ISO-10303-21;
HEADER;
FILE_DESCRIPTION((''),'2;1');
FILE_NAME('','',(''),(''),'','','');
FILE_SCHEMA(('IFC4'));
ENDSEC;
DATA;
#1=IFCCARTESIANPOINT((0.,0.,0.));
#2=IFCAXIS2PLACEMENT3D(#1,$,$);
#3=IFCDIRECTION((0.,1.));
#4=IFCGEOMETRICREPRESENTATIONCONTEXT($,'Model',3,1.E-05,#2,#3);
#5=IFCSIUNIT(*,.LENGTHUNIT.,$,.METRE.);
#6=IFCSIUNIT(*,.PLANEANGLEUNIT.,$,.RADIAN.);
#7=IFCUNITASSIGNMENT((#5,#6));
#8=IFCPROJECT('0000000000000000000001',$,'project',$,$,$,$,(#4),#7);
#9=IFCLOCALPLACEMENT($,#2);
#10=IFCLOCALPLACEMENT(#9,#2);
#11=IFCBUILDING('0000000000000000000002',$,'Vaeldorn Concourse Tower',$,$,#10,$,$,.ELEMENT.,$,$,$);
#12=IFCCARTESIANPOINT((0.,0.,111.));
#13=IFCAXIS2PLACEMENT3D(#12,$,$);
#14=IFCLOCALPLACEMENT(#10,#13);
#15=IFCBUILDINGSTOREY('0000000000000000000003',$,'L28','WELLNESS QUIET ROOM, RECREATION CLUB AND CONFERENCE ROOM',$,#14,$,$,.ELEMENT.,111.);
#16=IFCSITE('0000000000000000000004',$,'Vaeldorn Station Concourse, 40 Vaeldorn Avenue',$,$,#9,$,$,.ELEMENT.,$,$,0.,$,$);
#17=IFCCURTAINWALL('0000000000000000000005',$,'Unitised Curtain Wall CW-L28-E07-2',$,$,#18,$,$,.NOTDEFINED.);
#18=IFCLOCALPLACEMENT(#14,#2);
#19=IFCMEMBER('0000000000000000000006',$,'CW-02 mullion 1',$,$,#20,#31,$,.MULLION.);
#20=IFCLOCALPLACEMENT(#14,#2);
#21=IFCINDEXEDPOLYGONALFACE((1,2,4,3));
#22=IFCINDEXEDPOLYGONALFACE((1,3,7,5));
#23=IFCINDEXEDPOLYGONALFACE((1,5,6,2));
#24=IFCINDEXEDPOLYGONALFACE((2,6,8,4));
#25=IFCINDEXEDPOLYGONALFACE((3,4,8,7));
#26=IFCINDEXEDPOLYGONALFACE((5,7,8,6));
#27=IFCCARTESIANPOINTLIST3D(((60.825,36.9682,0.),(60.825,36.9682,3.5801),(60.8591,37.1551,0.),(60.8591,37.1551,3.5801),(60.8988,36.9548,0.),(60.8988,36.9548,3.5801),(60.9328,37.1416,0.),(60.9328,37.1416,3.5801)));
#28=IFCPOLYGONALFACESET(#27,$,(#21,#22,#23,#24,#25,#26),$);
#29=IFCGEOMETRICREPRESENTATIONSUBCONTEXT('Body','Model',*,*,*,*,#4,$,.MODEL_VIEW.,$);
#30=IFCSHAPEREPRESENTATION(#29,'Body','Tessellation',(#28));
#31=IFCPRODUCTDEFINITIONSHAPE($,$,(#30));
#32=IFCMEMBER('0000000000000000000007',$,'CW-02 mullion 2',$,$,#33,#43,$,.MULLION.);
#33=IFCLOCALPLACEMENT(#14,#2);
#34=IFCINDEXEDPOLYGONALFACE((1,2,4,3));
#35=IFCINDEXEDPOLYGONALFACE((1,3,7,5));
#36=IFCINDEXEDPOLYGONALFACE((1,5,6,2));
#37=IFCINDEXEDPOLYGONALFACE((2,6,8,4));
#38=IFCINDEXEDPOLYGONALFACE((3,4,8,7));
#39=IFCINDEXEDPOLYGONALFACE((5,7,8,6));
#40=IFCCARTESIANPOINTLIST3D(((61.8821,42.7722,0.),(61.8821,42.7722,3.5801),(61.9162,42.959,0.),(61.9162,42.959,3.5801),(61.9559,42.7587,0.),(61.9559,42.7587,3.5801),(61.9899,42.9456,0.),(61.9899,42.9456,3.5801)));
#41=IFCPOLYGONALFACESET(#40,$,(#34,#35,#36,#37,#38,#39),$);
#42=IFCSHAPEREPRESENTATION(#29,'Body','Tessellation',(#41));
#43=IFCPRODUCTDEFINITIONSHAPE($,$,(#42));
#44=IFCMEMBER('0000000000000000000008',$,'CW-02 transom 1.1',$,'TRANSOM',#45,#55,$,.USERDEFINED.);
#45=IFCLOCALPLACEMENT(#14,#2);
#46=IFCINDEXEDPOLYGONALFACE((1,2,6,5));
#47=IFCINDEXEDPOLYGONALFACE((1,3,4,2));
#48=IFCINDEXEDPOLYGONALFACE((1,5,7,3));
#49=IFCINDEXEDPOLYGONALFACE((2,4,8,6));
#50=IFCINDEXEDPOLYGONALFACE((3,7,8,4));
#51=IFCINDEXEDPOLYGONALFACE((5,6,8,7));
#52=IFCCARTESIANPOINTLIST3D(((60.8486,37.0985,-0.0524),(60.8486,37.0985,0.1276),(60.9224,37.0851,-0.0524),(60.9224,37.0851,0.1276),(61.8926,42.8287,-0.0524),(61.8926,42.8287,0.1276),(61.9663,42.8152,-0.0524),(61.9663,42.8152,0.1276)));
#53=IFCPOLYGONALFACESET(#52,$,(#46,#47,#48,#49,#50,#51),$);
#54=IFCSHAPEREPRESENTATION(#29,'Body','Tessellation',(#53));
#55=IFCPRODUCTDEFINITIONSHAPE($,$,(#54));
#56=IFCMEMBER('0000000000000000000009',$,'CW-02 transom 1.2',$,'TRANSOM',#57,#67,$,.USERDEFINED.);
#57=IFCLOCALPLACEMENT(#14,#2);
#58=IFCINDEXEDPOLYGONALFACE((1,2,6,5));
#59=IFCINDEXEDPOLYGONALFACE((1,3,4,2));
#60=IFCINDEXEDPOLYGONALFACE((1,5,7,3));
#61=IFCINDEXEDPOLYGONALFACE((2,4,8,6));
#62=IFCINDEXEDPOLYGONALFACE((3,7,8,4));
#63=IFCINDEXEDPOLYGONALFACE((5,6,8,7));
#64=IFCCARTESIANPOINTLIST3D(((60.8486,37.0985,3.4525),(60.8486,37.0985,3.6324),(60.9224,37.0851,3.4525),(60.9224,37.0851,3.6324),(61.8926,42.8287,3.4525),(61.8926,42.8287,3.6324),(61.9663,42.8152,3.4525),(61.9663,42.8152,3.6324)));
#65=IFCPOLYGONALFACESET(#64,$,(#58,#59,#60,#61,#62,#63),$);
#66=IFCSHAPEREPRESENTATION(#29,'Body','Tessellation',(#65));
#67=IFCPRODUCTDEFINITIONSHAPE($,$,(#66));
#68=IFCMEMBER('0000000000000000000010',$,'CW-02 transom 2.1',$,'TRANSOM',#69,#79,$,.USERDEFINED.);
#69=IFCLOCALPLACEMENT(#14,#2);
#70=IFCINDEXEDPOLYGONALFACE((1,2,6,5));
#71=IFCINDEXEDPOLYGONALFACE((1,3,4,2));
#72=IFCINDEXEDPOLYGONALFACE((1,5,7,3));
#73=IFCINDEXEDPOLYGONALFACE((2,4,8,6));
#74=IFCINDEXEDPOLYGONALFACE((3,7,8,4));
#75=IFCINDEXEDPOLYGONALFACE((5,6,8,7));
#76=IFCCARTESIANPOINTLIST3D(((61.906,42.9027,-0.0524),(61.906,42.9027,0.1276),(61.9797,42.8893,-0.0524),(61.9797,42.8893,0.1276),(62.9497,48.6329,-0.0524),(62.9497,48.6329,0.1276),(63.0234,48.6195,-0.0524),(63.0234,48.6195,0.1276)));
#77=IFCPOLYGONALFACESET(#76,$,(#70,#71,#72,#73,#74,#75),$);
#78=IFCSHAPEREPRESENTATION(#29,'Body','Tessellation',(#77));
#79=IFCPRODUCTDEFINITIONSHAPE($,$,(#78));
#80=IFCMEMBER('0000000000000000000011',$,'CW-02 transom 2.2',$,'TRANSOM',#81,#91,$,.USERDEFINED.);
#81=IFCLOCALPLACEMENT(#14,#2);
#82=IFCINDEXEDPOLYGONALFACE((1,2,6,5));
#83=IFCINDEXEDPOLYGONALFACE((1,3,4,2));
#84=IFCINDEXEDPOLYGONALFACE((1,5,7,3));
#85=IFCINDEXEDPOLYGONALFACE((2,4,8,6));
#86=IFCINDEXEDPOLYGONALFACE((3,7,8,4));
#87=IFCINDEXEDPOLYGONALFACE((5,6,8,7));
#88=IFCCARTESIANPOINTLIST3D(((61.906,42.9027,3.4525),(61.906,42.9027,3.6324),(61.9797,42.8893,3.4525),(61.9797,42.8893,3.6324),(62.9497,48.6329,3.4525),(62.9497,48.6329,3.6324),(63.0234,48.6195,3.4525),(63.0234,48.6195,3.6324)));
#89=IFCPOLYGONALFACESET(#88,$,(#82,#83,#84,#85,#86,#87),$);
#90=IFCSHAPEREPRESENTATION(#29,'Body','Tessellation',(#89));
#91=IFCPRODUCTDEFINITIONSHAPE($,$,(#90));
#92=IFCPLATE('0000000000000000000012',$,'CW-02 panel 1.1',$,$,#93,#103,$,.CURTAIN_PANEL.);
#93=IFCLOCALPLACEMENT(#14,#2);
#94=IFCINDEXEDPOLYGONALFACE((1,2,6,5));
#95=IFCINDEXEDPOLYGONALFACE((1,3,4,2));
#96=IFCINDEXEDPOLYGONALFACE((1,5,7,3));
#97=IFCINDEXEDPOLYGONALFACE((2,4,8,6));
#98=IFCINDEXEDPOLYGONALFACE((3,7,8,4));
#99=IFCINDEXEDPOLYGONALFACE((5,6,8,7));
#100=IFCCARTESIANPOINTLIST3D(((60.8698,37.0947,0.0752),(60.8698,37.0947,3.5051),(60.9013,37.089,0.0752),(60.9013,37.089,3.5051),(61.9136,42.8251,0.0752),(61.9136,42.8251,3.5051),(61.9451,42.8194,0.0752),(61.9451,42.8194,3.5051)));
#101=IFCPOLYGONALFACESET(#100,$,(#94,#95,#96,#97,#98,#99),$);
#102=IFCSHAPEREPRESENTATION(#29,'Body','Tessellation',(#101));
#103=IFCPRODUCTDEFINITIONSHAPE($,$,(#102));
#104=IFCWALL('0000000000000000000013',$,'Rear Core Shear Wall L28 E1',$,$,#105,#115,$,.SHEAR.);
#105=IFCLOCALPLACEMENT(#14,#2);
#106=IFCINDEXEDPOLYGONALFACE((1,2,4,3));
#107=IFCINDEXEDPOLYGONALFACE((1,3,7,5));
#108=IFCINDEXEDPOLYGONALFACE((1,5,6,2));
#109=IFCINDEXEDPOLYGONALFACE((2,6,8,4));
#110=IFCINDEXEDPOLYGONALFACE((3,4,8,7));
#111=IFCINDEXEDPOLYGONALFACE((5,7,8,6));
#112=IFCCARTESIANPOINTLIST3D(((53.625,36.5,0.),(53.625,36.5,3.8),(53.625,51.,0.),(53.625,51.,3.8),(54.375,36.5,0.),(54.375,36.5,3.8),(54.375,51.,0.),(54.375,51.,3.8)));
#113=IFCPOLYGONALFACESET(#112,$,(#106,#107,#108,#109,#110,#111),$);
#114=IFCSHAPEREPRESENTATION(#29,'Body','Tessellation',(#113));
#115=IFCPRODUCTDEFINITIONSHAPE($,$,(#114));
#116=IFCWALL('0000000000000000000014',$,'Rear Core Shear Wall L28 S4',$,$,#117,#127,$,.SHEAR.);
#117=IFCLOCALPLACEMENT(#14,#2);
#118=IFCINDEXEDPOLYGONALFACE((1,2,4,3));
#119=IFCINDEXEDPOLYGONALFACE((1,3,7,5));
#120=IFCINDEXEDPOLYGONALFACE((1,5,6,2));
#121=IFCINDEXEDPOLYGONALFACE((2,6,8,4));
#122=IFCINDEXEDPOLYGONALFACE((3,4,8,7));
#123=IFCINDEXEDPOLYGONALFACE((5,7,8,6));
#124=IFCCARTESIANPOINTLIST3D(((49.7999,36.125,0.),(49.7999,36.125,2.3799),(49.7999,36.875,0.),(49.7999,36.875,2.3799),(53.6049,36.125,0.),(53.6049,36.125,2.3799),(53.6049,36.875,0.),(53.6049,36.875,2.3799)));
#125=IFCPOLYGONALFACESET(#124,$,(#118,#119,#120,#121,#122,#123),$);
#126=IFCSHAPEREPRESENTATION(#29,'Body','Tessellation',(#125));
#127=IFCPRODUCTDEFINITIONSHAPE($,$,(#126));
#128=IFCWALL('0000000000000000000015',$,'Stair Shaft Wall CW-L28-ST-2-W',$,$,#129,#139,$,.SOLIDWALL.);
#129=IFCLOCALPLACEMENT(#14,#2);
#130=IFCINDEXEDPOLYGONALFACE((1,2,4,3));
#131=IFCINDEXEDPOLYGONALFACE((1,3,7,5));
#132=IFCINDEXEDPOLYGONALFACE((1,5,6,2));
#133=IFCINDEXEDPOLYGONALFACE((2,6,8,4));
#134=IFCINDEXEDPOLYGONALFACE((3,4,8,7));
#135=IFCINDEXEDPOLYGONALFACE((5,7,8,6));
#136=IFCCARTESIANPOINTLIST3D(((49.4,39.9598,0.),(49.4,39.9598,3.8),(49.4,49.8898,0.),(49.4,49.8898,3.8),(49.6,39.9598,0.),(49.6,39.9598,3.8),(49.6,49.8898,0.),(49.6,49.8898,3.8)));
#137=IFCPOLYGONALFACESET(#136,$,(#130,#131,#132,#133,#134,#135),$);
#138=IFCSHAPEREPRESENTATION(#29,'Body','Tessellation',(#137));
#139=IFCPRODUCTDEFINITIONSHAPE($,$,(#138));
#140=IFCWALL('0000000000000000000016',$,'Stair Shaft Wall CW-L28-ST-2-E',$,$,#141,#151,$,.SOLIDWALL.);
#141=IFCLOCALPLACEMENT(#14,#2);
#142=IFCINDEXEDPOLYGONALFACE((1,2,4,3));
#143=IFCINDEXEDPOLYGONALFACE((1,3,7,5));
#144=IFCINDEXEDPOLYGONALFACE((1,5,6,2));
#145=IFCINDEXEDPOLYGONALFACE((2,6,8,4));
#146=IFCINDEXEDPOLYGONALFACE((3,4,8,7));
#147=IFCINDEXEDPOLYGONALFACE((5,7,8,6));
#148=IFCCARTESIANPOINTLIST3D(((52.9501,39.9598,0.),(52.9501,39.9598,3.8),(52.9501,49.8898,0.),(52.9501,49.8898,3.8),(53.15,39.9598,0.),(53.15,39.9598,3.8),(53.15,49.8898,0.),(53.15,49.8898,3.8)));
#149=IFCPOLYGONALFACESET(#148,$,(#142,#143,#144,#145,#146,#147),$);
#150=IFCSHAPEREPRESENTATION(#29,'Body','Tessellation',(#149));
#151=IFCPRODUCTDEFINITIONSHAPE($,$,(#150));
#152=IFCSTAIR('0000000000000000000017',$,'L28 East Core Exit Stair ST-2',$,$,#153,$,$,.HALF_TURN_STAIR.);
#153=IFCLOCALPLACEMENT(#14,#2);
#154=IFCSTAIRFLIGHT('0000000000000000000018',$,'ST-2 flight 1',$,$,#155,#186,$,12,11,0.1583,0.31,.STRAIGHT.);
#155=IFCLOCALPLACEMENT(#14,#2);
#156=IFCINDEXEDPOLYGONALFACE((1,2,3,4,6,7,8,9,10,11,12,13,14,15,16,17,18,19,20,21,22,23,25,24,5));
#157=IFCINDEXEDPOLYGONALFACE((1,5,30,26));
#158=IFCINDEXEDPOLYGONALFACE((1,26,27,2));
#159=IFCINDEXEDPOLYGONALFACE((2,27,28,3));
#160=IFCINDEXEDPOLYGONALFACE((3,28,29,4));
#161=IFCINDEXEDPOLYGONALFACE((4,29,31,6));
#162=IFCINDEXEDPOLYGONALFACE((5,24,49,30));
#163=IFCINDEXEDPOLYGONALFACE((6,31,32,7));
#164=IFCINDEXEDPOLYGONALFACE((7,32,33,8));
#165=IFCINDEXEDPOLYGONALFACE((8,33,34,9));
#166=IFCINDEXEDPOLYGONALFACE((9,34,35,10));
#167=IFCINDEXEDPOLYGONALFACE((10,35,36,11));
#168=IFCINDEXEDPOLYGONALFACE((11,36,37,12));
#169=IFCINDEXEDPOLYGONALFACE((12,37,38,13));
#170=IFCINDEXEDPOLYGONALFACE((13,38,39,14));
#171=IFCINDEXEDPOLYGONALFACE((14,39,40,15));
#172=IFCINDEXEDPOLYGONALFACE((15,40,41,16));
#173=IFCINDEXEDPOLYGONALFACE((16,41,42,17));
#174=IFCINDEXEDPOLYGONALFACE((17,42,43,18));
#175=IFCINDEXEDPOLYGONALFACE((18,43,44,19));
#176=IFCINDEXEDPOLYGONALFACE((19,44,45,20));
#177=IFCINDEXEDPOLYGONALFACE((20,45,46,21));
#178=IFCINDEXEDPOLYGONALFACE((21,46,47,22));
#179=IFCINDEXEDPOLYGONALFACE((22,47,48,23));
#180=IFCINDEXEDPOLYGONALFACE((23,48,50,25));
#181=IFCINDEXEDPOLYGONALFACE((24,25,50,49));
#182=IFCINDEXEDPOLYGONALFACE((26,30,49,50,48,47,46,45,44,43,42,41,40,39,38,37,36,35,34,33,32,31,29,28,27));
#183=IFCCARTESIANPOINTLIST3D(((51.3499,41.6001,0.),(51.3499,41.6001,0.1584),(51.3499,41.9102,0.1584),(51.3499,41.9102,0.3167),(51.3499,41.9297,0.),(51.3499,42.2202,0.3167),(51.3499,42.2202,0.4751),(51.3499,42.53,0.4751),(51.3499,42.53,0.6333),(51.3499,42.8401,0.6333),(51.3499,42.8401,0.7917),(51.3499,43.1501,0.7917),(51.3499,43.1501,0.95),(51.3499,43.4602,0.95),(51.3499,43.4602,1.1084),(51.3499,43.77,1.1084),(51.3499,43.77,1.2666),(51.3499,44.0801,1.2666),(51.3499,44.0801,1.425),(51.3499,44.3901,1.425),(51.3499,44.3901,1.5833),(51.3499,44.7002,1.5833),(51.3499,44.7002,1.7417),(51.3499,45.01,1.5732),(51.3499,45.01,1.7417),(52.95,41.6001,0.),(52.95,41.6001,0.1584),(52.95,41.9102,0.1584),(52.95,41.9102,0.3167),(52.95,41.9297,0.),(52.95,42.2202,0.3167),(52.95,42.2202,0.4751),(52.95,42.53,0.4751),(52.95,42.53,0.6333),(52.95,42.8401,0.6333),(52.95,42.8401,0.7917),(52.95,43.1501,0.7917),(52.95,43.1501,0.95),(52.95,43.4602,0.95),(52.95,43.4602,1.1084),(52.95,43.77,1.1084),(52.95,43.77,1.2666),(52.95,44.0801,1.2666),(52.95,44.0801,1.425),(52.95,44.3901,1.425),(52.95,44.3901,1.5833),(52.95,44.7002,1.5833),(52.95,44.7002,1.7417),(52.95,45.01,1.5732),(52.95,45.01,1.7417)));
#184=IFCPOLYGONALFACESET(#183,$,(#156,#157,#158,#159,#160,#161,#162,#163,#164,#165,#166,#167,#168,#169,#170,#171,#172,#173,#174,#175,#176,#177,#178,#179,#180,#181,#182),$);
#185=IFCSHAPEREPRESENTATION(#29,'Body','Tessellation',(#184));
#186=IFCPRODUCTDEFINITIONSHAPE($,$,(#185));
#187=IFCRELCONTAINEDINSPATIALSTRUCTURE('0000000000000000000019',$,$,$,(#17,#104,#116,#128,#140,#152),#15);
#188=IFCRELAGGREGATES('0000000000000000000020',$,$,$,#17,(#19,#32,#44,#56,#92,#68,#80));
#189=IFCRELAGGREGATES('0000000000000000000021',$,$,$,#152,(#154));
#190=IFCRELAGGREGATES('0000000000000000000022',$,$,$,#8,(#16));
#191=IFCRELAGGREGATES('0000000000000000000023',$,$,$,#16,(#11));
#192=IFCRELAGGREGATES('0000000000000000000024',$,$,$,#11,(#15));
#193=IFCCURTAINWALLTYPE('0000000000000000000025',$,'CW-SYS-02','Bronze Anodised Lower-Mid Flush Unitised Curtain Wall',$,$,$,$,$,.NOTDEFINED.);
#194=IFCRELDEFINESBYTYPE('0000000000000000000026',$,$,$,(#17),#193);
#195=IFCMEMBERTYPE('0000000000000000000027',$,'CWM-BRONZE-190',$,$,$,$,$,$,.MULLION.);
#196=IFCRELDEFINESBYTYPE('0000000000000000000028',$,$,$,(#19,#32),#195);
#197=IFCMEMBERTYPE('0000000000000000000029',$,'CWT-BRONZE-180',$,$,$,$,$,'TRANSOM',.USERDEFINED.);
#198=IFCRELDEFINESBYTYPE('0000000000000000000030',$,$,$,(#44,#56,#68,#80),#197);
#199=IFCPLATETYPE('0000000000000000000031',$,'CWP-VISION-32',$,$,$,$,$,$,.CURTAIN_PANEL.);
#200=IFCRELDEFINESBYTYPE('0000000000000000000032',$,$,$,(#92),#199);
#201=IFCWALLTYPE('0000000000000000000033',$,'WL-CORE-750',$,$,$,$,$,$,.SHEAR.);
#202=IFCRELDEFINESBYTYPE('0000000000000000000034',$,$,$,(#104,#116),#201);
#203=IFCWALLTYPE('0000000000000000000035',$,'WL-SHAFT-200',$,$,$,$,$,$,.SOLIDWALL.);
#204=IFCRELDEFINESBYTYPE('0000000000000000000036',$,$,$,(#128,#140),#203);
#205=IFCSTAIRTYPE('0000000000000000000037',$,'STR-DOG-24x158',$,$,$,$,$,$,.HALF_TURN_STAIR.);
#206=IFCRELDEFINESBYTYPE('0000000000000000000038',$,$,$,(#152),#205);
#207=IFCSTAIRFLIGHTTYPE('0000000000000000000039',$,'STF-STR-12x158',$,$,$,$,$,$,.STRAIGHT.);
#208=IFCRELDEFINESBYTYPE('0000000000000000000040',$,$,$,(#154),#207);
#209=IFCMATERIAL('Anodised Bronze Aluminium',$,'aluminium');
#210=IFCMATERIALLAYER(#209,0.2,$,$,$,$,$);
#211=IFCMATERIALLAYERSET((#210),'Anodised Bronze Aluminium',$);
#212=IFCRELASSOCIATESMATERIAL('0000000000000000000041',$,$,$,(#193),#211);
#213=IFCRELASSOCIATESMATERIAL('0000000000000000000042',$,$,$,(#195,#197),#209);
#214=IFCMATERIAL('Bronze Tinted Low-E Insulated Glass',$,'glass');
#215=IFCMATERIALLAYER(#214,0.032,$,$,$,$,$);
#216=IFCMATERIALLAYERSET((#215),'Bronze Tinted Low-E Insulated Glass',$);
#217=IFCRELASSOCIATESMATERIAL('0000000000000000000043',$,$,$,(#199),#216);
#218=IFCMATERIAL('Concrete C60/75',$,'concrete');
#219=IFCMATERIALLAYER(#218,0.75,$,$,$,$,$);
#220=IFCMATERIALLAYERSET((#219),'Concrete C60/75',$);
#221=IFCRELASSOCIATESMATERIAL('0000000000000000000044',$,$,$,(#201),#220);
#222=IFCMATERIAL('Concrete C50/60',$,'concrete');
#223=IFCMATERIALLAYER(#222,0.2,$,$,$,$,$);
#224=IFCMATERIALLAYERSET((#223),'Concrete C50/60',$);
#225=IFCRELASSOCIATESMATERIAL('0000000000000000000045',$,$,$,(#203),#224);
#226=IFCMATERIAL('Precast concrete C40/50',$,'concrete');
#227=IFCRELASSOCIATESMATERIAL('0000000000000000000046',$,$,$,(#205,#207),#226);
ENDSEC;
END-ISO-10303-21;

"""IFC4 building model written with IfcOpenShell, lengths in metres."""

from ifc_helpers import new_model, si_unit, direction, frame, frame_2d, origin, origin_2d, place, context, subcontext, project, spatial, polyline, rectangle, outline, extrude, source, transform, mapped, material, layer, layer_set, material_profile, profile_set, type_object, element, aggregate, save


model = new_model("IFC4")

# Units and contexts
model_context = context("Model", 3, precision=1e-05, world=origin(), true_north=direction((0.0, 1.0)))
body_context = subcontext(model_context, "Body", "Model", "MODEL_VIEW")
ifc_project = project(units=[si_unit("LENGTHUNIT", "METRE"), si_unit("PLANEANGLEUNIT", "RADIAN")], contexts=[model_context])

# Site, building, storey
site_placement = place(None, origin())
site = spatial("IfcSite", under=ifc_project, at=site_placement, Name="Vaeldorn Station Concourse, 40 Vaeldorn Avenue", CompositionType="ELEMENT", RefElevation=0.0)
building_placement = place(site_placement, origin())
building = spatial("IfcBuilding", under=site, at=building_placement, Name="Vaeldorn Concourse Tower", CompositionType="ELEMENT")
storey_placement = place(building_placement, frame((0.0, 0.0, 111.0)))
storey = spatial("IfcBuildingStorey", under=building, at=storey_placement, Name="L28", Description="WELLNESS QUIET ROOM, RECREATION CLUB AND CONFERENCE ROOM", CompositionType="ELEMENT", Elevation=111.0)

# Shared definitions
ifc_material_1 = material(Name="Concrete C60/75", Category="concrete")

# Curtain wall, members, plate
ifc_material_2 = material(Name="Anodised Bronze Aluminium", Category="aluminium")
ifc_layer_1 = layer(ifc_material_2, 0.2)
ifc_layer_set_1 = layer_set([ifc_layer_1], Name="Anodised Bronze Aluminium")
curtain_wall_type = type_object("IfcCurtainWallType", Name="CW-SYS-02", Description="Bronze Anodised Lower-Mid Flush Unitised Curtain Wall", PredefinedType="NOTDEFINED", material=ifc_layer_set_1)
curtain_wall_placement = place(storey_placement, origin())
curtain_wall = element("IfcCurtainWall", 1, at=curtain_wall_placement, inside=storey, type_object=curtain_wall_type, Name="Unitised Curtain Wall CW-L28-E07-2", PredefinedType="NOTDEFINED")
ifc_material_profile_1 = material_profile(ifc_material_2, rectangle(XDim=0.075, YDim=0.1899, at=origin_2d()), Name="CWM 75x190")
ifc_profile_set_1 = profile_set([ifc_material_profile_1], Name="Anodised Bronze Aluminium")
member_type_1 = type_object("IfcMemberType", Name="CWM-BRONZE-190", PredefinedType="MULLION", material=ifc_profile_set_1)
shared_shape_1 = source(origin(), body_context, "Body", "SweptSolid", [
    extrude(rectangle(XDim=0.075, YDim=0.1899, at=origin_2d()), origin(), (0.0, 0.0, 1.0), 3.5801),
])
member_1_placement = place(storey_placement, frame((60.8789, 37.0549, 0.0), z_axis=(0.0, 0.0, 1.0), x_axis=(-0.983812, 0.179203, 0.0)))
member_1 = element("IfcMember", 2, at=member_1_placement, type_object=member_type_1, Name="CW-02 mullion 1", PredefinedType="MULLION", context=body_context, shape_type="MappedRepresentation", body=[
    mapped(shared_shape_1, transform((0.0, 0.0, 0.0), scale=1.0)),
])
member_2_placement = place(storey_placement, frame((61.936, 42.8589, 0.0), z_axis=(0.0, 0.0, 1.0), x_axis=(-0.983812, 0.179203, 0.0)))
member_2 = element("IfcMember", 3, at=member_2_placement, type_object=member_type_1, Name="CW-02 mullion 2", PredefinedType="MULLION", context=body_context, shape_type="MappedRepresentation", body=[
    mapped(shared_shape_1, transform((0.0, 0.0, 0.0), scale=1.0)),
])
ifc_material_profile_2 = material_profile(ifc_material_2, rectangle(XDim=0.075, YDim=0.1799, at=origin_2d()), Name="CWT 75x180")
ifc_profile_set_2 = profile_set([ifc_material_profile_2], Name="Anodised Bronze Aluminium")
member_type_2 = type_object("IfcMemberType", Name="CWT-BRONZE-180", ElementType="TRANSOM", PredefinedType="USERDEFINED", material=ifc_profile_set_2)
shared_shape_2 = source(origin(), body_context, "Body", "SweptSolid", [
    extrude(rectangle(XDim=0.075, YDim=0.1799, at=origin_2d()), origin(), (0.0, 0.0, 1.0), 5.8245),
])
member_3_placement = place(storey_placement, frame((60.8855, 37.0918, 0.0376), z_axis=(0.179232, 0.983807, 0.0), x_axis=(-0.983807, 0.179232, 0.0)))
member_3 = element("IfcMember", 4, at=member_3_placement, type_object=member_type_2, Name="CW-02 transom 1.1", ObjectType="TRANSOM", PredefinedType="USERDEFINED", context=body_context, shape_type="MappedRepresentation", body=[
    mapped(shared_shape_2, transform((0.0, 0.0, 0.0), scale=1.0)),
])
member_4_placement = place(storey_placement, frame((60.8855, 37.0918, 3.5425), z_axis=(0.179232, 0.983807, 0.0), x_axis=(-0.983807, 0.179232, 0.0)))
member_4 = element("IfcMember", 5, at=member_4_placement, type_object=member_type_2, Name="CW-02 transom 1.2", ObjectType="TRANSOM", PredefinedType="USERDEFINED", context=body_context, shape_type="MappedRepresentation", body=[
    mapped(shared_shape_2, transform((0.0, 0.0, 0.0), scale=1.0)),
])
member_5_placement = place(storey_placement, frame((61.9429, 42.896, 0.0376), z_axis=(0.179192, 0.983814, 0.0), x_axis=(-0.983814, 0.179192, 0.0)))
member_5 = element("IfcMember", 6, at=member_5_placement, type_object=member_type_2, Name="CW-02 transom 2.1", ObjectType="TRANSOM", PredefinedType="USERDEFINED", context=body_context, shape_type="MappedRepresentation", body=[
    mapped(shared_shape_2, transform((0.0, 0.0, 0.0), scale=1.0)),
])
member_6_placement = place(storey_placement, frame((61.9429, 42.896, 3.5425), z_axis=(0.179192, 0.983814, 0.0), x_axis=(-0.983814, 0.179192, 0.0)))
member_6 = element("IfcMember", 7, at=member_6_placement, type_object=member_type_2, Name="CW-02 transom 2.2", ObjectType="TRANSOM", PredefinedType="USERDEFINED", context=body_context, shape_type="MappedRepresentation", body=[
    mapped(shared_shape_2, transform((0.0, 0.0, 0.0), scale=1.0)),
])
ifc_material_3 = material(Name="Bronze Tinted Low-E Insulated Glass", Category="glass")
ifc_layer_2 = layer(ifc_material_3, 0.032)
ifc_layer_set_2 = layer_set([ifc_layer_2], Name="Bronze Tinted Low-E Insulated Glass")
plate_type = type_object("IfcPlateType", Name="CWP-VISION-32", PredefinedType="CURTAIN_PANEL", material=ifc_layer_set_2)
shared_shape_3 = source(origin(), body_context, "Body", "SweptSolid", [
    extrude(rectangle(XDim=5.8247, YDim=0.032, at=origin_2d()), origin(), (0.0, 0.0, 1.0), 3.4299),
])
plate_placement = place(storey_placement, frame((61.4075, 39.957, 0.0752), z_axis=(0.0, 0.0, 1.0), x_axis=(0.179203, 0.983812, 0.0)))
plate = element("IfcPlate", 8, at=plate_placement, type_object=plate_type, Name="CW-02 panel 1.1", PredefinedType="CURTAIN_PANEL", context=body_context, shape_type="MappedRepresentation", body=[
    mapped(shared_shape_3, transform((0.0, 0.0, 0.0), scale=1.0)),
])
aggregate(curtain_wall, [member_1, member_2, member_3, member_4, plate, member_5, member_6])

# Walls
ifc_layer_3 = layer(ifc_material_1, 0.75)
ifc_layer_set_3 = layer_set([ifc_layer_3], Name="Concrete C60/75")
wall_type_1 = type_object("IfcWallType", Name="WL-CORE-750", PredefinedType="SHEAR", material=ifc_layer_set_3)
wall_1_placement = place(storey_placement, frame((54.0, 36.5, 0.0), z_axis=(0.0, 0.0, 1.0), x_axis=(0.0, 1.0, 0.0)))
element("IfcWall", 9, at=wall_1_placement, inside=storey, type_object=wall_type_1, Name="Rear Core Shear Wall L28 E1", PredefinedType="SHEAR", context=body_context, shape_type="SweptSolid", body=[
    extrude(rectangle(XDim=14.5, YDim=0.75, at=frame_2d((7.25, 0.0))), origin(), (0.0, 0.0, 1.0), 3.8),
])
wall_2_placement = place(storey_placement, frame((49.8, 36.5, 0.0), z_axis=(0.0, 0.0, 1.0), x_axis=(1.0, 0.0, 0.0)))
element("IfcWall", 10, at=wall_2_placement, inside=storey, type_object=wall_type_1, Name="Rear Core Shear Wall L28 S4", PredefinedType="SHEAR", context=body_context, shape_type="SweptSolid", body=[
    extrude(rectangle(XDim=3.8049, YDim=0.75, at=frame_2d((1.9023, 0.0))), origin(), (0.0, 0.0, 1.0), 2.3799),
])
ifc_material_4 = material(Name="Concrete C50/60", Category="concrete")
ifc_layer_4 = layer(ifc_material_4, 0.2)
ifc_layer_set_4 = layer_set([ifc_layer_4], Name="Concrete C50/60")
wall_type_2 = type_object("IfcWallType", Name="WL-SHAFT-200", PredefinedType="SOLIDWALL", material=ifc_layer_set_4)
for number, where, z_axis, x_axis, name in (
    (11, (49.5, 39.96, 0.0), (0.0, 0.0, 1.0), (0.0, 1.0, 0.0), "Stair Shaft Wall CW-L28-ST-2-W"),
    (12, (53.05, 39.96, 0.0), (0.0, 0.0, 1.0), (0.0, 1.0, 0.0), "Stair Shaft Wall CW-L28-ST-2-E"),
):
    element("IfcWall", number, at=place(storey_placement, frame(where, z_axis=z_axis, x_axis=x_axis)), inside=storey, type_object=wall_type_2, Name=name, PredefinedType="SOLIDWALL", context=body_context, shape_type="SweptSolid", body=[
        extrude(rectangle(XDim=9.9299, YDim=0.2, at=frame_2d((4.9648, 0.0))), origin(), (0.0, 0.0, 1.0), 3.8),
    ])

# Stair, stair flight
ifc_material_5 = material(Name="Precast concrete C40/50", Category="concrete")
stair_type = type_object("IfcStairType", Name="STR-DOG-24x158", PredefinedType="HALF_TURN_STAIR", material=ifc_material_5)
stair_placement = place(storey_placement, origin())
stair = element("IfcStair", 13, at=stair_placement, inside=storey, type_object=stair_type, Name="L28 East Core Exit Stair ST-2", PredefinedType="HALF_TURN_STAIR")
stair_flight_type = type_object("IfcStairFlightType", Name="STF-STR-12x158", PredefinedType="STRAIGHT", material=ifc_material_5)
stair_flight_placement = place(storey_placement, frame((52.1499, 41.6001, 0.0), z_axis=(0.0, 0.0, 1.0), x_axis=(0.0, 1.0, 0.0)))
stair_flight = element("IfcStairFlight", 14, at=stair_flight_placement, type_object=stair_flight_type, Name="ST-2 flight 1", NumberOfRisers=12, NumberOfTreads=11, PredefinedType="STRAIGHT", RiserHeight=0.1583, TreadLength=0.31, context=body_context, shape_type="SweptSolid", body=[
    extrude(outline(polyline([(0.0, 0.0), (0.0, 0.1584), (0.3101, 0.1584), (0.3101, 0.3167), (0.6201, 0.3167), (0.6201, 0.4751), (0.9299, 0.4751), (0.9299, 0.6333), (1.24, 0.6333), (1.24, 0.7917), (1.55, 0.7917), (1.55, 0.95), (1.8601, 0.95), (1.8601, 1.1084), (2.1699, 1.1084), (2.1699, 1.2666), (2.48, 1.2666), (2.48, 1.425), (2.79, 1.425), (2.79, 1.5833), (3.1001, 1.5833), (3.1001, 1.7417), (3.4099, 1.7417), (3.4099, 1.8999), (3.4099, 1.5732), (0.3296, 0.0), (0.0, 0.0)])), frame((0.0, 0.8, 0.0), z_axis=(0.0, -1.0, 0.0), x_axis=(1.0, 0.0, 0.0)), (0.0, 0.0, 1.0), 1.6001),
])
aggregate(stair, [stair_flight])

save(model, "model.ifc")
